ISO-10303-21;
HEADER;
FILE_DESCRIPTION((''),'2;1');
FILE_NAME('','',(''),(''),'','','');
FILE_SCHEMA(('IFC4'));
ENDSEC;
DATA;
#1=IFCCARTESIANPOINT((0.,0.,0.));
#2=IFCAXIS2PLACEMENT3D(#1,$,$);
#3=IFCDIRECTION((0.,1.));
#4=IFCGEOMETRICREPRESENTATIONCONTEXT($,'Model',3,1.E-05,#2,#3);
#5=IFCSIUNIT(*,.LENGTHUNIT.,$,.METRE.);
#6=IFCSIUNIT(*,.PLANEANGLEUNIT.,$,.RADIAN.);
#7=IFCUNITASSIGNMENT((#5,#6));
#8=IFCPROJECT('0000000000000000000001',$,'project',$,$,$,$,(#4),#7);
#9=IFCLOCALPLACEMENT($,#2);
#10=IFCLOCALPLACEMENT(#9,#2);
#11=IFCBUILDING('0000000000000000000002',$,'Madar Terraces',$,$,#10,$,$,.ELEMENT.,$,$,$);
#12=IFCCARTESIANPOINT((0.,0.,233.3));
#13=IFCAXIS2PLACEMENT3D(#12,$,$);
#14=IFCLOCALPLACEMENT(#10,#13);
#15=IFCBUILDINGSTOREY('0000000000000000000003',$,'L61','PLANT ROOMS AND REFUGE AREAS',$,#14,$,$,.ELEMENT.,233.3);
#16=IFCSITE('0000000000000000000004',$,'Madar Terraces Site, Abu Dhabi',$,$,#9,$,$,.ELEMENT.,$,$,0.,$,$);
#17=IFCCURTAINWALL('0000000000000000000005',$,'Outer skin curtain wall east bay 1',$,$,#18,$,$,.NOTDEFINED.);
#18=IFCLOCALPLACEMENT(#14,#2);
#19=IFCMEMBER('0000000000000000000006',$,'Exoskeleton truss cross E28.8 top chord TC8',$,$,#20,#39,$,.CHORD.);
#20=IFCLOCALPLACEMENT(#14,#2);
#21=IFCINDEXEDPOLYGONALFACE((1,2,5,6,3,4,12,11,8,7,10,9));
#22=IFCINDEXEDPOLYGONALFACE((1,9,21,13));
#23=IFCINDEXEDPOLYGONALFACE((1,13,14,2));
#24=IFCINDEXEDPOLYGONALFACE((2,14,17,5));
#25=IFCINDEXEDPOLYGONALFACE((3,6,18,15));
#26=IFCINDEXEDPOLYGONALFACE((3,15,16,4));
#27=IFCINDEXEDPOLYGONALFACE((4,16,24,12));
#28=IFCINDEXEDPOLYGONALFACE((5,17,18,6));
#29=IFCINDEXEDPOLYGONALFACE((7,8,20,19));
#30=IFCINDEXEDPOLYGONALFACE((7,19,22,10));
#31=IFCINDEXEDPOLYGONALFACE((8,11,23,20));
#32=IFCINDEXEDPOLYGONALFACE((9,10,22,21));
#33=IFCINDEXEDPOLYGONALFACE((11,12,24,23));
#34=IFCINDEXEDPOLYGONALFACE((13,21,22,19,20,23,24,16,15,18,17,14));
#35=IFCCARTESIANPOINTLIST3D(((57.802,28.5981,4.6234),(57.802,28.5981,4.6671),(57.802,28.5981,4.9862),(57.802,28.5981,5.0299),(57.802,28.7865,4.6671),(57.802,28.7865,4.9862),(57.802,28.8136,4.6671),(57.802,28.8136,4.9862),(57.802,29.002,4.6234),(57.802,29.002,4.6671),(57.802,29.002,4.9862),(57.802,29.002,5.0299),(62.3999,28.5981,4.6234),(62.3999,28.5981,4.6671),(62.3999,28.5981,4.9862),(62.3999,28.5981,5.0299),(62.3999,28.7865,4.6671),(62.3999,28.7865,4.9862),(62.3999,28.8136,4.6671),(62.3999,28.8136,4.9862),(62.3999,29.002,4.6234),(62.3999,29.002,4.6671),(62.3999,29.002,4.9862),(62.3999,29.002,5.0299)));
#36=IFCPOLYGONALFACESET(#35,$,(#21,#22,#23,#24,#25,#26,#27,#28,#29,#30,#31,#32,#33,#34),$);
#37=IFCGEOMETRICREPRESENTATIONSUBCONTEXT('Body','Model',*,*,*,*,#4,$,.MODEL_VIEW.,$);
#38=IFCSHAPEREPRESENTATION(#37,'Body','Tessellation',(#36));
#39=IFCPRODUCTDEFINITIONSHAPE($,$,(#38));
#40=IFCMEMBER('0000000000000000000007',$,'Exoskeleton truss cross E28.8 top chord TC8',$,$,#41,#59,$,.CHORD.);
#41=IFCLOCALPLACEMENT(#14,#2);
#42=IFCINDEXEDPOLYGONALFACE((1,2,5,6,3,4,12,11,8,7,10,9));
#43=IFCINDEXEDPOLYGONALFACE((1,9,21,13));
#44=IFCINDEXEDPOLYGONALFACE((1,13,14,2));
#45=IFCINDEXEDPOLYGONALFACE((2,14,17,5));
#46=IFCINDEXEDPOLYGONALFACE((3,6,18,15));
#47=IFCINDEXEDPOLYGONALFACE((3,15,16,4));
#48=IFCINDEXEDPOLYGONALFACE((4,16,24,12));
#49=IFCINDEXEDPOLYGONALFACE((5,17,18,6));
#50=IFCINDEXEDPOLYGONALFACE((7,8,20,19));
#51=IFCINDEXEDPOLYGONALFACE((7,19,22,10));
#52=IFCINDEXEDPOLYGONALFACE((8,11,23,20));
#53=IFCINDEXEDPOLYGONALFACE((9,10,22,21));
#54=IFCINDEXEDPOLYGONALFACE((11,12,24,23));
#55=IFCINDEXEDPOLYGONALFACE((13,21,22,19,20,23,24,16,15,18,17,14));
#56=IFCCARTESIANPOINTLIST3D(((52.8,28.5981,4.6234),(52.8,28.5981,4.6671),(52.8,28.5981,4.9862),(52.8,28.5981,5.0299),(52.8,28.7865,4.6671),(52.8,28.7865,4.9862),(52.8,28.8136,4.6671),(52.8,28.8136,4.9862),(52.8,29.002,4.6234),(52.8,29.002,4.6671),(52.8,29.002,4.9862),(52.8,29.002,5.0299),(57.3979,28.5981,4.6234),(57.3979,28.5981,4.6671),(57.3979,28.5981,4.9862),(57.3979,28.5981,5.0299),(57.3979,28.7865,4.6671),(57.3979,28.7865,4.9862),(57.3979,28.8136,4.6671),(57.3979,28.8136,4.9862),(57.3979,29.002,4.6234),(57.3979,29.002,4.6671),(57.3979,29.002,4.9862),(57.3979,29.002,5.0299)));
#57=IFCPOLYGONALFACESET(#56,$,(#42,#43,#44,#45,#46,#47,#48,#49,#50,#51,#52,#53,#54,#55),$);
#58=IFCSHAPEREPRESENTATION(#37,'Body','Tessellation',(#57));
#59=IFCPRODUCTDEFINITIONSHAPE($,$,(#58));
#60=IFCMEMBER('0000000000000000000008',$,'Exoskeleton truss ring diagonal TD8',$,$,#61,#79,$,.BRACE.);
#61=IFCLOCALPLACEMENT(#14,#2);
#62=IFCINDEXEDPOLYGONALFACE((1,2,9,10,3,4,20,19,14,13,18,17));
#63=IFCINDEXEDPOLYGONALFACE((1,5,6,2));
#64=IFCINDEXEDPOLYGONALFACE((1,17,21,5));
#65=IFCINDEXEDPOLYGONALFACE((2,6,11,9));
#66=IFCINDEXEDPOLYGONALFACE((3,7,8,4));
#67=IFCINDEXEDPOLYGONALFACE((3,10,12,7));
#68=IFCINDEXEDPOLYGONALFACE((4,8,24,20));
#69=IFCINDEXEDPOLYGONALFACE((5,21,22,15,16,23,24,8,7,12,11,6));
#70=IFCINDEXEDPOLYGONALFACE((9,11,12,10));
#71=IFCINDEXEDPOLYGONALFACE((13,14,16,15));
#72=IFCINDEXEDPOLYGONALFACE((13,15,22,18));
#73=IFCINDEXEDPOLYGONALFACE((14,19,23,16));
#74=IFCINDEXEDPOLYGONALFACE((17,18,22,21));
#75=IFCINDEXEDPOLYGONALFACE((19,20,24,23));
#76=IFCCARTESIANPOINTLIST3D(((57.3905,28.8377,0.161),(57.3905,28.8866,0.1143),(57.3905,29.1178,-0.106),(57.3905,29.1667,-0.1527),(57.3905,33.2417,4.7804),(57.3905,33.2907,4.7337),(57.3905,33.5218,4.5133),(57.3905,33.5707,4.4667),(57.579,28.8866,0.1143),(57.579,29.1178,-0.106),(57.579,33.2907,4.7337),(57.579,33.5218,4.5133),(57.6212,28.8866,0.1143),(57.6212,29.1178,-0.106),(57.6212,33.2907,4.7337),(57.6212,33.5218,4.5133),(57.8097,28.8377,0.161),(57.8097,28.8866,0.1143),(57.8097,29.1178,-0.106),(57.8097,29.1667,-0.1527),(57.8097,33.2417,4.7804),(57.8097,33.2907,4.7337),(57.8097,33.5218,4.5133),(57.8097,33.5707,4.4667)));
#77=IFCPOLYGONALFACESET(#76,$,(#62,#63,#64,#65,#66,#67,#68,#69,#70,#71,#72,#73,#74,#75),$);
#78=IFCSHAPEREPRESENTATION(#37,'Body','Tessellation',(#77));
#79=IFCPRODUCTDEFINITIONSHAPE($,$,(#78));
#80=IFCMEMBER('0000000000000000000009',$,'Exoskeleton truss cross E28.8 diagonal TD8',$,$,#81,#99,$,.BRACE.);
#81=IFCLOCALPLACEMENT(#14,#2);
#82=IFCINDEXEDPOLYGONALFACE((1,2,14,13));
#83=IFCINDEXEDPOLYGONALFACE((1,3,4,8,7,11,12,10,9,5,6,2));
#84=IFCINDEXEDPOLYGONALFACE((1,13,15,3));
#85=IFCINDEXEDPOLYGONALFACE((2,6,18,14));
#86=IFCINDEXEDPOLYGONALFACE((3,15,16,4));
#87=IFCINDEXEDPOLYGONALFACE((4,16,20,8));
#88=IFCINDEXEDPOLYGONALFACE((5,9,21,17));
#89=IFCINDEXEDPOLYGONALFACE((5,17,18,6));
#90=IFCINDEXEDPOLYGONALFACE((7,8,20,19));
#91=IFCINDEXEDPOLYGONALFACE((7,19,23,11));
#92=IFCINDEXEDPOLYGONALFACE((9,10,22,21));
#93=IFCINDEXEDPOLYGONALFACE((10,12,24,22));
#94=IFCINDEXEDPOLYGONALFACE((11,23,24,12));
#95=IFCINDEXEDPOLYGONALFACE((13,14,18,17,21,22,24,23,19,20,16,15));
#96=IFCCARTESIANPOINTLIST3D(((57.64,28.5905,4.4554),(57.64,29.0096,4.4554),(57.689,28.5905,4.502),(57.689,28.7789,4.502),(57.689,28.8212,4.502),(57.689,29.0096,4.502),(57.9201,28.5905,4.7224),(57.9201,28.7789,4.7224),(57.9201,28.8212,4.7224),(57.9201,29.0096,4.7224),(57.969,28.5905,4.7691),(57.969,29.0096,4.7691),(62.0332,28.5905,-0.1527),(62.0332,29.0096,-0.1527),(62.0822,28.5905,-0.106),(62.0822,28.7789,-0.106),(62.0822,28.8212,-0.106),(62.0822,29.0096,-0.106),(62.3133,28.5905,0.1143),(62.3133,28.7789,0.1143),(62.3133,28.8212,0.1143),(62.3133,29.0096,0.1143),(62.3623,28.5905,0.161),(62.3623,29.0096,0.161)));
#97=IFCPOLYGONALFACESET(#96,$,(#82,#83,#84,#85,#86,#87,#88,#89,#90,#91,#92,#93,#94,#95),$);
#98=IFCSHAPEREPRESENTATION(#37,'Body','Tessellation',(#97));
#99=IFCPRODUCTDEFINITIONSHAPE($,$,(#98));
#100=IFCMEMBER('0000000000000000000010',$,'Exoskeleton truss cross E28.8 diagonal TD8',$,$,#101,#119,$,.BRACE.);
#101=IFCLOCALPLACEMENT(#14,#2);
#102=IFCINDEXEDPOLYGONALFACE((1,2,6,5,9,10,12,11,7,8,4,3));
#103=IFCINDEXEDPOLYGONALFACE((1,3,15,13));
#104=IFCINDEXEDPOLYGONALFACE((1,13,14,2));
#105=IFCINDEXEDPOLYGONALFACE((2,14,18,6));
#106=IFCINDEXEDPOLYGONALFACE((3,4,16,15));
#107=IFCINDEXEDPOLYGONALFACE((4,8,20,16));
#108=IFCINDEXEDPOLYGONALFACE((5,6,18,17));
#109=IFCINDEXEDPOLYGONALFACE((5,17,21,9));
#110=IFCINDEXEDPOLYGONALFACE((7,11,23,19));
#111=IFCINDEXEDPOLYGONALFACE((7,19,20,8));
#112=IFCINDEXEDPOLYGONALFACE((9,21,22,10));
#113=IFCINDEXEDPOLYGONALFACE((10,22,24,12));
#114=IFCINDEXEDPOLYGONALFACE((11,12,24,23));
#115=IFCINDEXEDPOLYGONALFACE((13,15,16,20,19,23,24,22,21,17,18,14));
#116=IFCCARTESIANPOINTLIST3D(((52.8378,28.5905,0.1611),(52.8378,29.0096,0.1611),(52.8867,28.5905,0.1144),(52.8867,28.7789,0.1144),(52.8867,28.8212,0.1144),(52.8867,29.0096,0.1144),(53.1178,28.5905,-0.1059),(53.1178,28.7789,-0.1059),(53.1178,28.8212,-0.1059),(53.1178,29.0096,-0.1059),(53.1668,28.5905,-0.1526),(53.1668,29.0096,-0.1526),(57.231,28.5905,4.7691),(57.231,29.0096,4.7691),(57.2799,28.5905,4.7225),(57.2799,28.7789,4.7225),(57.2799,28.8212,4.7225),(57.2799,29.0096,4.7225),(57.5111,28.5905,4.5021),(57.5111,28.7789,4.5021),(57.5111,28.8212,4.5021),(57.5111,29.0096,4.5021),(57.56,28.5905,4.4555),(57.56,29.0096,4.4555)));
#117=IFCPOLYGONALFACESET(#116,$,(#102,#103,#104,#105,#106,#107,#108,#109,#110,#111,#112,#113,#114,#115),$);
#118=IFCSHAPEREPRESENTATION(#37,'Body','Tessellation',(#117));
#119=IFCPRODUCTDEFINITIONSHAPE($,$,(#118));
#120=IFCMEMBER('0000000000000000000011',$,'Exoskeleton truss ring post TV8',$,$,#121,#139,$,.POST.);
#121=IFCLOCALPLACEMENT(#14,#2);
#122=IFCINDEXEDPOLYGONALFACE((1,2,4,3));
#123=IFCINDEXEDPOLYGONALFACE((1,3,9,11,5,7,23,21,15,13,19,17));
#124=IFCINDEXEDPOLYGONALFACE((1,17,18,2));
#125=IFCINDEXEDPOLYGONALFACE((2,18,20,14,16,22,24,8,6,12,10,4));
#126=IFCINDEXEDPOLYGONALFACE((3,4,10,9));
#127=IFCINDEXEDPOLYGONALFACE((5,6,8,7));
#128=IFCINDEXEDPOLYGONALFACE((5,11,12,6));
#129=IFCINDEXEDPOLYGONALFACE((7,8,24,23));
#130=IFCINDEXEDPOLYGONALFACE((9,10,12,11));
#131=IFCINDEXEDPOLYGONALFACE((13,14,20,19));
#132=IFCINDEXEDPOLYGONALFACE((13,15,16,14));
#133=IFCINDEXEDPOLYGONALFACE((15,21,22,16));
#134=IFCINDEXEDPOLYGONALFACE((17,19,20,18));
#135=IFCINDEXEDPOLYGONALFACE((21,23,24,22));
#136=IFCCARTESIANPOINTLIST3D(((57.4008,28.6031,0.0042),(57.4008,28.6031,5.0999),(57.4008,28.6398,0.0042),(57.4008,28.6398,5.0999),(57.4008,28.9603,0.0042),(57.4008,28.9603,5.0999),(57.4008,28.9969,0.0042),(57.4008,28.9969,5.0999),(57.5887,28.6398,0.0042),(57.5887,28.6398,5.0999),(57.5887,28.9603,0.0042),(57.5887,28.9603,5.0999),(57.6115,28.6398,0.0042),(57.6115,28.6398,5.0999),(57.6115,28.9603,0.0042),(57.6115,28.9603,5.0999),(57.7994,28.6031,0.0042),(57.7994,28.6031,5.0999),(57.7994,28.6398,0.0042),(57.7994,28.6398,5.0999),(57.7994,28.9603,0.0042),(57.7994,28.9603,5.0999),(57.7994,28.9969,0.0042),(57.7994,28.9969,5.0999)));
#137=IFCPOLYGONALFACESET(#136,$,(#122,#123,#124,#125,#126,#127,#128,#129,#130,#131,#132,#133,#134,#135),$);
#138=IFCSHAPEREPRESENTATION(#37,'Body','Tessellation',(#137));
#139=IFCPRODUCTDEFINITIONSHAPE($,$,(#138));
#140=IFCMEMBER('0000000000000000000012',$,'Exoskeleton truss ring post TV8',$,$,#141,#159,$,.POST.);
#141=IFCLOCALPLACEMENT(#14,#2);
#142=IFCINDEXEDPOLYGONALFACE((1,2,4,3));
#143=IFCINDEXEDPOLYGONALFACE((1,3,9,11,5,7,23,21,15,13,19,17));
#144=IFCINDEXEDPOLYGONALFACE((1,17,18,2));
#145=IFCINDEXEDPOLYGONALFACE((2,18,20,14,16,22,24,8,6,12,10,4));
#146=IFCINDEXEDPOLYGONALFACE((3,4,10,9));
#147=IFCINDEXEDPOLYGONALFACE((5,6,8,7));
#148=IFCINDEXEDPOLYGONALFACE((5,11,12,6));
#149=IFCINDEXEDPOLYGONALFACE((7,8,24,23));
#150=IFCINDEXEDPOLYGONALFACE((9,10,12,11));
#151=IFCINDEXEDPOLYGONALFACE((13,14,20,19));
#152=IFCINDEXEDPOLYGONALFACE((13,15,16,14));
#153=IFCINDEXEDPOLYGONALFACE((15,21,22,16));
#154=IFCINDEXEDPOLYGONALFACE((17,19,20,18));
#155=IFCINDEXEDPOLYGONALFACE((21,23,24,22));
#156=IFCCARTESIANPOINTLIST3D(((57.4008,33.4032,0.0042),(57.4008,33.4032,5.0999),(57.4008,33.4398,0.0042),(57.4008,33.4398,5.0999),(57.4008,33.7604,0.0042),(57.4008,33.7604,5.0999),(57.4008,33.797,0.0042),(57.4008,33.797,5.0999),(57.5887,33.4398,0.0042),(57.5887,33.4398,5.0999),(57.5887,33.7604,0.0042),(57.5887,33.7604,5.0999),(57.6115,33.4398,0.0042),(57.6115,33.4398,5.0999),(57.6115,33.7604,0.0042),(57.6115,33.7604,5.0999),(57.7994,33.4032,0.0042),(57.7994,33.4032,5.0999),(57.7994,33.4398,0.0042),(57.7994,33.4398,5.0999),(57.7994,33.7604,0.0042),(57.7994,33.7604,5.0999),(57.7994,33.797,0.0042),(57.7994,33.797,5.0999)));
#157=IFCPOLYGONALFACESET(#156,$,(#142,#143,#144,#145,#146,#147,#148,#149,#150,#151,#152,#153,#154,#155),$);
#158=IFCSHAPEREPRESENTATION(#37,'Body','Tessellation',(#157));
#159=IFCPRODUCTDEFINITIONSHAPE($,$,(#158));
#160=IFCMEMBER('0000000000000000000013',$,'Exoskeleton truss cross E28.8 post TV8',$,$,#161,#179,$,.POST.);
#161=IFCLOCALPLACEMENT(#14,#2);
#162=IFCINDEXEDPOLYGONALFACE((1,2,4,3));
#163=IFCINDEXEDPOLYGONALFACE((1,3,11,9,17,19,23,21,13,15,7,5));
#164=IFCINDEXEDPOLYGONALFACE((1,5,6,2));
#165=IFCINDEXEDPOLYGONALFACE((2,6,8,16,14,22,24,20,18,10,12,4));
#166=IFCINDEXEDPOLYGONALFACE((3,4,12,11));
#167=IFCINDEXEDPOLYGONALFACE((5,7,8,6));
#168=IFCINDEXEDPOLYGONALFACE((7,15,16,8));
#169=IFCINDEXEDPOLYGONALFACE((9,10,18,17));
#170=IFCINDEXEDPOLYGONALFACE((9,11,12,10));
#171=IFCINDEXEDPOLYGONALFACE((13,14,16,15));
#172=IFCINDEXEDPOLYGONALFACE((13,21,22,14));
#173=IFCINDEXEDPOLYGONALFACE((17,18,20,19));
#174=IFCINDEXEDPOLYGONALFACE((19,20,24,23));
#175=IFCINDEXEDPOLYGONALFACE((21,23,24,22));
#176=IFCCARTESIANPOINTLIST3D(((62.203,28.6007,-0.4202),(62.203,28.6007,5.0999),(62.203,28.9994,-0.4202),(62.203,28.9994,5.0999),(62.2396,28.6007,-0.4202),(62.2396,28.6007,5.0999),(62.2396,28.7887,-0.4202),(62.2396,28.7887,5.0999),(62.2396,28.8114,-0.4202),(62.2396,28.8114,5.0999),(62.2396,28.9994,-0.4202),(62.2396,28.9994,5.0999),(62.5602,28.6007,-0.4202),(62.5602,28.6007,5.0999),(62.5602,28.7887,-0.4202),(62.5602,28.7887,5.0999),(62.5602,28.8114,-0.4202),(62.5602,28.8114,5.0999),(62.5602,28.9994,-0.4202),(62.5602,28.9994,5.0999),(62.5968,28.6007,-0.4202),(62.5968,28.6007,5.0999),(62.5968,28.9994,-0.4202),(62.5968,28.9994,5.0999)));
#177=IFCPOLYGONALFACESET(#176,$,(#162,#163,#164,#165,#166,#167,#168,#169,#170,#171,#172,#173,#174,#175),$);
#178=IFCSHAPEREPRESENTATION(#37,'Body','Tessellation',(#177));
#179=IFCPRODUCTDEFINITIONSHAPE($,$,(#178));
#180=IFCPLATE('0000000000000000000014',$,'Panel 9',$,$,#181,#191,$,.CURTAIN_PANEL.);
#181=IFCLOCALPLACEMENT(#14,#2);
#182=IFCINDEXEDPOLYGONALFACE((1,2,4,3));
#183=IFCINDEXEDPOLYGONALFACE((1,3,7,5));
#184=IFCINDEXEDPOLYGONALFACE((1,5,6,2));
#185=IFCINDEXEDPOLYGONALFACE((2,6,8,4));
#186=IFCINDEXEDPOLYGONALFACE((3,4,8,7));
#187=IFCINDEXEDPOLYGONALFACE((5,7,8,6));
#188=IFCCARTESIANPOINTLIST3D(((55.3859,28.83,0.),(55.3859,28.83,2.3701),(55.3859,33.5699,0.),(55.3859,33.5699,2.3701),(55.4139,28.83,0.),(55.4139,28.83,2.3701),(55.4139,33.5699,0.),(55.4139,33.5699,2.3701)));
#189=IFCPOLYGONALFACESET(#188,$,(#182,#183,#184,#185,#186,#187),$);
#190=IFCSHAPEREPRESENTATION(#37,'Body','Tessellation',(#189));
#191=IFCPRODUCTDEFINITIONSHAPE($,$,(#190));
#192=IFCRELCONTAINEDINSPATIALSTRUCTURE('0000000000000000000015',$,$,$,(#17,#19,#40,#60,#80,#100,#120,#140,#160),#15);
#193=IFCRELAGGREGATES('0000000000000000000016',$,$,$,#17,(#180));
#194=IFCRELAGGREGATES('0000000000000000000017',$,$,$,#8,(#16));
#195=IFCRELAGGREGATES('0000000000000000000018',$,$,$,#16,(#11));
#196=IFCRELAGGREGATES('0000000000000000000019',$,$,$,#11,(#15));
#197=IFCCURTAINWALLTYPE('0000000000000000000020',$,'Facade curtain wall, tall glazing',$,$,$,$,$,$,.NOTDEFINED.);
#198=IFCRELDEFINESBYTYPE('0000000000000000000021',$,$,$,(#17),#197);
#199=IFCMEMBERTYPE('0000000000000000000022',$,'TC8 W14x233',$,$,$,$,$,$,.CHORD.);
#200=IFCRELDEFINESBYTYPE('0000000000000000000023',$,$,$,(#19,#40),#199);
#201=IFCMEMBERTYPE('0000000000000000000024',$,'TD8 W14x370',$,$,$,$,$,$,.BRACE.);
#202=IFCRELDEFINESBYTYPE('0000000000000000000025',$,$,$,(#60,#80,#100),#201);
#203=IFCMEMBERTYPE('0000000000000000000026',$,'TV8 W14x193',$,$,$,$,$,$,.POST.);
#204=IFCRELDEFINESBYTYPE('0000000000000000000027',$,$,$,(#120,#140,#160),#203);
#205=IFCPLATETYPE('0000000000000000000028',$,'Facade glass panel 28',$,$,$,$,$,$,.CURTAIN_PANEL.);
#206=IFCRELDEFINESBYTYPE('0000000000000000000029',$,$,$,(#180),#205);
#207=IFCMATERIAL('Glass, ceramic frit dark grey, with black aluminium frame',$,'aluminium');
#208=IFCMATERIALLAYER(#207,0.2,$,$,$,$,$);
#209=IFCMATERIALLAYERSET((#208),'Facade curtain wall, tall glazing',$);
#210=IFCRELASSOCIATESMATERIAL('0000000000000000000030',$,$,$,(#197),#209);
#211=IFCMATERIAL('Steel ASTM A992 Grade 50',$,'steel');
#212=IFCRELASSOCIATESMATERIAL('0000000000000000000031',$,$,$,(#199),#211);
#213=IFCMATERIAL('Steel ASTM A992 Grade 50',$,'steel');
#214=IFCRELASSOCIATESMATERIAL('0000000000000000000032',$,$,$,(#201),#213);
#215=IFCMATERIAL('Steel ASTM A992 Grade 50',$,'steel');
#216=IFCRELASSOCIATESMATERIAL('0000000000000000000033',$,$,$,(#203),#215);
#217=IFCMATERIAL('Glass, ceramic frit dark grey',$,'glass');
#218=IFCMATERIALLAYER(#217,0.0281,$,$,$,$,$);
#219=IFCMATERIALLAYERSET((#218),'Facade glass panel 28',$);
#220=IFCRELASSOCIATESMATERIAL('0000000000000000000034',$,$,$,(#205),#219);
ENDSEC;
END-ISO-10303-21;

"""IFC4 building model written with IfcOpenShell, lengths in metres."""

from ifc_helpers import new_model, si_unit, direction, frame, origin, origin_2d, place, context, subcontext, project, spatial, rectangle, i_section, extrude, material, layer, layer_set, material_profile, profile_set, type_object, element, aggregate, save


model = new_model("IFC4")

# Units and contexts
model_context = context("Model", 3, precision=1e-05, world=origin(), true_north=direction((0.0, 1.0)))
body_context = subcontext(model_context, "Body", "Model", "MODEL_VIEW")
ifc_project = project(units=[si_unit("LENGTHUNIT", "METRE"), si_unit("PLANEANGLEUNIT", "RADIAN")], contexts=[model_context])

# Site, building, storey
site_placement = place(None, origin())
site = spatial("IfcSite", under=ifc_project, at=site_placement, Name="Madar Terraces Site, Abu Dhabi", CompositionType="ELEMENT", RefElevation=0.0)
building_placement = place(site_placement, origin())
building = spatial("IfcBuilding", under=site, at=building_placement, Name="Madar Terraces", CompositionType="ELEMENT")
storey_placement = place(building_placement, frame((0.0, 0.0, 233.3)))
storey = spatial("IfcBuildingStorey", under=building, at=storey_placement, Name="L61", Description="PLANT ROOMS AND REFUGE AREAS", CompositionType="ELEMENT", Elevation=233.3)

# Curtain wall
ifc_material_1 = material(Name="Glass, ceramic frit dark grey, with black aluminium frame", Category="aluminium")
ifc_layer_1 = layer(ifc_material_1, 0.2)
ifc_layer_set_1 = layer_set([ifc_layer_1], Name="Facade curtain wall, tall glazing")
curtain_wall_type = type_object("IfcCurtainWallType", Name="Facade curtain wall, tall glazing", PredefinedType="NOTDEFINED", material=ifc_layer_set_1)
curtain_wall_placement = place(storey_placement, origin())
curtain_wall = element("IfcCurtainWall", 1, at=curtain_wall_placement, inside=storey, type_object=curtain_wall_type, Name="Outer skin curtain wall east bay 1", PredefinedType="NOTDEFINED")

# Members
ifc_material_2 = material(Name="Steel ASTM A992 Grade 50", Category="steel")
ifc_material_profile_1 = material_profile(ifc_material_2, i_section(OverallWidth=0.4038, OverallDepth=0.4065, WebThickness=0.0271, FlangeThickness=0.0437, at=origin_2d()), Name="W14x233")
ifc_profile_set_1 = profile_set([ifc_material_profile_1], Name="Steel ASTM A992 Grade 50")
member_type_1 = type_object("IfcMemberType", Name="TC8 W14x233", PredefinedType="CHORD", material=ifc_profile_set_1)
for number, where, z_axis, x_axis, name in (
    (2, (62.3999, 28.8, 4.8267), (-1.0, 0.0, 0.0), (0.0, -1.0, 0.0), "Exoskeleton truss cross E28.8 top chord TC8"),
    (3, (57.3979, 28.8, 4.8267), (-1.0, 0.0, 0.0), (0.0, -1.0, 0.0), "Exoskeleton truss cross E28.8 top chord TC8"),
):
    element("IfcMember", number, at=place(storey_placement, frame(where, z_axis=z_axis, x_axis=x_axis)), inside=storey, type_object=member_type_1, Name=name, PredefinedType="CHORD", context=body_context, shape_type="SweptSolid", body=[
        extrude(i_section(OverallWidth=0.4038, OverallDepth=0.4065, WebThickness=0.0271, FlangeThickness=0.0437, at=origin_2d()), origin(), (0.0, 0.0, 1.0), 4.5979),
    ])
ifc_material_3 = material(Name="Steel ASTM A992 Grade 50", Category="steel")
ifc_material_profile_2 = material_profile(ifc_material_3, i_section(OverallWidth=0.4192, OverallDepth=0.4546, WebThickness=0.0422, FlangeThickness=0.0676, at=origin_2d()), Name="W14x370")
ifc_profile_set_2 = profile_set([ifc_material_profile_2], Name="Steel ASTM A992 Grade 50")
member_type_2 = type_object("IfcMemberType", Name="TD8 W14x370", PredefinedType="BRACE", material=ifc_profile_set_2)
member_1_placement = place(storey_placement, frame((57.6001, 29.0022, 0.0042), z_axis=(0.0, 0.690036, 0.723775), x_axis=(-1.0, 0.0, 0.0)))
element("IfcMember", 4, at=member_1_placement, inside=storey, type_object=member_type_2, Name="Exoskeleton truss ring diagonal TD8", PredefinedType="BRACE", context=body_context, shape_type="SweptSolid", body=[
    extrude(i_section(OverallWidth=0.4192, OverallDepth=0.4546, WebThickness=0.0422, FlangeThickness=0.0676, at=origin_2d()), origin(), (0.0, 0.0, 1.0), 6.3823),
])
for number, where, z_axis, x_axis, name in (
    (5, (62.1978, 28.8, 0.0042), (-0.690033, 0.0, 0.723778), (0.0, -1.0, 0.0), "Exoskeleton truss cross E28.8 diagonal TD8"),
    (6, (57.3955, 28.8, 4.6123), (-0.690033, 0.0, -0.723778), (0.0, -1.0, 0.0), "Exoskeleton truss cross E28.8 diagonal TD8"),
):
    element("IfcMember", number, at=place(storey_placement, frame(where, z_axis=z_axis, x_axis=x_axis)), inside=storey, type_object=member_type_2, Name=name, PredefinedType="BRACE", context=body_context, shape_type="SweptSolid", body=[
        extrude(i_section(OverallWidth=0.4192, OverallDepth=0.4546, WebThickness=0.0422, FlangeThickness=0.0676, at=origin_2d()), origin(), (0.0, 0.0, 1.0), 6.3667),
    ])
ifc_material_4 = material(Name="Steel ASTM A992 Grade 50", Category="steel")
ifc_material_profile_3 = material_profile(ifc_material_4, i_section(OverallWidth=0.3987, OverallDepth=0.3938, WebThickness=0.0227, FlangeThickness=0.0366, at=origin_2d()), Name="W14x193")
ifc_profile_set_3 = profile_set([ifc_material_profile_3], Name="Steel ASTM A992 Grade 50")
member_type_3 = type_object("IfcMemberType", Name="TV8 W14x193", PredefinedType="POST", material=ifc_profile_set_3)
for number, where, z_axis, x_axis, name in (
    (7, (57.6001, 28.8, 0.0042), (0.0, 0.0, 1.0), (-1.0, 0.0, 0.0), "Exoskeleton truss ring post TV8"),
    (8, (57.6001, 33.6001, 0.0042), (0.0, 0.0, 1.0), (-1.0, 0.0, 0.0), "Exoskeleton truss ring post TV8"),
):
    element("IfcMember", number, at=place(storey_placement, frame(where, z_axis=z_axis, x_axis=x_axis)), inside=storey, type_object=member_type_3, Name=name, PredefinedType="POST", context=body_context, shape_type="SweptSolid", body=[
        extrude(i_section(OverallWidth=0.3987, OverallDepth=0.3938, WebThickness=0.0227, FlangeThickness=0.0366, at=origin_2d()), origin(), (0.0, 0.0, 1.0), 5.0957),
    ])
member_2_placement = place(storey_placement, frame((62.3999, 28.8, -0.4202), z_axis=(0.0, 0.0, 1.0), x_axis=(0.0, 1.0, 0.0)))
element("IfcMember", 9, at=member_2_placement, inside=storey, type_object=member_type_3, Name="Exoskeleton truss cross E28.8 post TV8", PredefinedType="POST", context=body_context, shape_type="SweptSolid", body=[
    extrude(i_section(OverallWidth=0.3987, OverallDepth=0.3938, WebThickness=0.0227, FlangeThickness=0.0366, at=origin_2d()), origin(), (0.0, 0.0, 1.0), 5.52),
])

# Plate
ifc_material_5 = material(Name="Glass, ceramic frit dark grey", Category="glass")
ifc_layer_2 = layer(ifc_material_5, 0.0281)
ifc_layer_set_2 = layer_set([ifc_layer_2], Name="Facade glass panel 28")
plate_type = type_object("IfcPlateType", Name="Facade glass panel 28", PredefinedType="CURTAIN_PANEL", material=ifc_layer_set_2)
plate_1_placement = place(storey_placement, frame((55.3999, 31.2, 0.0), z_axis=(0.0, 0.0, 1.0), x_axis=(0.0, 1.0, 0.0)))
plate_1 = element("IfcPlate", 10, at=plate_1_placement, type_object=plate_type, Name="Panel 9", PredefinedType="CURTAIN_PANEL", context=body_context, shape_type="SweptSolid", body=[
    extrude(rectangle(XDim=4.74, YDim=0.0281, at=origin_2d()), origin(), (0.0, 0.0, 1.0), 2.3701),
])
aggregate(curtain_wall, [plate_1])

save(model, "model.ifc")
